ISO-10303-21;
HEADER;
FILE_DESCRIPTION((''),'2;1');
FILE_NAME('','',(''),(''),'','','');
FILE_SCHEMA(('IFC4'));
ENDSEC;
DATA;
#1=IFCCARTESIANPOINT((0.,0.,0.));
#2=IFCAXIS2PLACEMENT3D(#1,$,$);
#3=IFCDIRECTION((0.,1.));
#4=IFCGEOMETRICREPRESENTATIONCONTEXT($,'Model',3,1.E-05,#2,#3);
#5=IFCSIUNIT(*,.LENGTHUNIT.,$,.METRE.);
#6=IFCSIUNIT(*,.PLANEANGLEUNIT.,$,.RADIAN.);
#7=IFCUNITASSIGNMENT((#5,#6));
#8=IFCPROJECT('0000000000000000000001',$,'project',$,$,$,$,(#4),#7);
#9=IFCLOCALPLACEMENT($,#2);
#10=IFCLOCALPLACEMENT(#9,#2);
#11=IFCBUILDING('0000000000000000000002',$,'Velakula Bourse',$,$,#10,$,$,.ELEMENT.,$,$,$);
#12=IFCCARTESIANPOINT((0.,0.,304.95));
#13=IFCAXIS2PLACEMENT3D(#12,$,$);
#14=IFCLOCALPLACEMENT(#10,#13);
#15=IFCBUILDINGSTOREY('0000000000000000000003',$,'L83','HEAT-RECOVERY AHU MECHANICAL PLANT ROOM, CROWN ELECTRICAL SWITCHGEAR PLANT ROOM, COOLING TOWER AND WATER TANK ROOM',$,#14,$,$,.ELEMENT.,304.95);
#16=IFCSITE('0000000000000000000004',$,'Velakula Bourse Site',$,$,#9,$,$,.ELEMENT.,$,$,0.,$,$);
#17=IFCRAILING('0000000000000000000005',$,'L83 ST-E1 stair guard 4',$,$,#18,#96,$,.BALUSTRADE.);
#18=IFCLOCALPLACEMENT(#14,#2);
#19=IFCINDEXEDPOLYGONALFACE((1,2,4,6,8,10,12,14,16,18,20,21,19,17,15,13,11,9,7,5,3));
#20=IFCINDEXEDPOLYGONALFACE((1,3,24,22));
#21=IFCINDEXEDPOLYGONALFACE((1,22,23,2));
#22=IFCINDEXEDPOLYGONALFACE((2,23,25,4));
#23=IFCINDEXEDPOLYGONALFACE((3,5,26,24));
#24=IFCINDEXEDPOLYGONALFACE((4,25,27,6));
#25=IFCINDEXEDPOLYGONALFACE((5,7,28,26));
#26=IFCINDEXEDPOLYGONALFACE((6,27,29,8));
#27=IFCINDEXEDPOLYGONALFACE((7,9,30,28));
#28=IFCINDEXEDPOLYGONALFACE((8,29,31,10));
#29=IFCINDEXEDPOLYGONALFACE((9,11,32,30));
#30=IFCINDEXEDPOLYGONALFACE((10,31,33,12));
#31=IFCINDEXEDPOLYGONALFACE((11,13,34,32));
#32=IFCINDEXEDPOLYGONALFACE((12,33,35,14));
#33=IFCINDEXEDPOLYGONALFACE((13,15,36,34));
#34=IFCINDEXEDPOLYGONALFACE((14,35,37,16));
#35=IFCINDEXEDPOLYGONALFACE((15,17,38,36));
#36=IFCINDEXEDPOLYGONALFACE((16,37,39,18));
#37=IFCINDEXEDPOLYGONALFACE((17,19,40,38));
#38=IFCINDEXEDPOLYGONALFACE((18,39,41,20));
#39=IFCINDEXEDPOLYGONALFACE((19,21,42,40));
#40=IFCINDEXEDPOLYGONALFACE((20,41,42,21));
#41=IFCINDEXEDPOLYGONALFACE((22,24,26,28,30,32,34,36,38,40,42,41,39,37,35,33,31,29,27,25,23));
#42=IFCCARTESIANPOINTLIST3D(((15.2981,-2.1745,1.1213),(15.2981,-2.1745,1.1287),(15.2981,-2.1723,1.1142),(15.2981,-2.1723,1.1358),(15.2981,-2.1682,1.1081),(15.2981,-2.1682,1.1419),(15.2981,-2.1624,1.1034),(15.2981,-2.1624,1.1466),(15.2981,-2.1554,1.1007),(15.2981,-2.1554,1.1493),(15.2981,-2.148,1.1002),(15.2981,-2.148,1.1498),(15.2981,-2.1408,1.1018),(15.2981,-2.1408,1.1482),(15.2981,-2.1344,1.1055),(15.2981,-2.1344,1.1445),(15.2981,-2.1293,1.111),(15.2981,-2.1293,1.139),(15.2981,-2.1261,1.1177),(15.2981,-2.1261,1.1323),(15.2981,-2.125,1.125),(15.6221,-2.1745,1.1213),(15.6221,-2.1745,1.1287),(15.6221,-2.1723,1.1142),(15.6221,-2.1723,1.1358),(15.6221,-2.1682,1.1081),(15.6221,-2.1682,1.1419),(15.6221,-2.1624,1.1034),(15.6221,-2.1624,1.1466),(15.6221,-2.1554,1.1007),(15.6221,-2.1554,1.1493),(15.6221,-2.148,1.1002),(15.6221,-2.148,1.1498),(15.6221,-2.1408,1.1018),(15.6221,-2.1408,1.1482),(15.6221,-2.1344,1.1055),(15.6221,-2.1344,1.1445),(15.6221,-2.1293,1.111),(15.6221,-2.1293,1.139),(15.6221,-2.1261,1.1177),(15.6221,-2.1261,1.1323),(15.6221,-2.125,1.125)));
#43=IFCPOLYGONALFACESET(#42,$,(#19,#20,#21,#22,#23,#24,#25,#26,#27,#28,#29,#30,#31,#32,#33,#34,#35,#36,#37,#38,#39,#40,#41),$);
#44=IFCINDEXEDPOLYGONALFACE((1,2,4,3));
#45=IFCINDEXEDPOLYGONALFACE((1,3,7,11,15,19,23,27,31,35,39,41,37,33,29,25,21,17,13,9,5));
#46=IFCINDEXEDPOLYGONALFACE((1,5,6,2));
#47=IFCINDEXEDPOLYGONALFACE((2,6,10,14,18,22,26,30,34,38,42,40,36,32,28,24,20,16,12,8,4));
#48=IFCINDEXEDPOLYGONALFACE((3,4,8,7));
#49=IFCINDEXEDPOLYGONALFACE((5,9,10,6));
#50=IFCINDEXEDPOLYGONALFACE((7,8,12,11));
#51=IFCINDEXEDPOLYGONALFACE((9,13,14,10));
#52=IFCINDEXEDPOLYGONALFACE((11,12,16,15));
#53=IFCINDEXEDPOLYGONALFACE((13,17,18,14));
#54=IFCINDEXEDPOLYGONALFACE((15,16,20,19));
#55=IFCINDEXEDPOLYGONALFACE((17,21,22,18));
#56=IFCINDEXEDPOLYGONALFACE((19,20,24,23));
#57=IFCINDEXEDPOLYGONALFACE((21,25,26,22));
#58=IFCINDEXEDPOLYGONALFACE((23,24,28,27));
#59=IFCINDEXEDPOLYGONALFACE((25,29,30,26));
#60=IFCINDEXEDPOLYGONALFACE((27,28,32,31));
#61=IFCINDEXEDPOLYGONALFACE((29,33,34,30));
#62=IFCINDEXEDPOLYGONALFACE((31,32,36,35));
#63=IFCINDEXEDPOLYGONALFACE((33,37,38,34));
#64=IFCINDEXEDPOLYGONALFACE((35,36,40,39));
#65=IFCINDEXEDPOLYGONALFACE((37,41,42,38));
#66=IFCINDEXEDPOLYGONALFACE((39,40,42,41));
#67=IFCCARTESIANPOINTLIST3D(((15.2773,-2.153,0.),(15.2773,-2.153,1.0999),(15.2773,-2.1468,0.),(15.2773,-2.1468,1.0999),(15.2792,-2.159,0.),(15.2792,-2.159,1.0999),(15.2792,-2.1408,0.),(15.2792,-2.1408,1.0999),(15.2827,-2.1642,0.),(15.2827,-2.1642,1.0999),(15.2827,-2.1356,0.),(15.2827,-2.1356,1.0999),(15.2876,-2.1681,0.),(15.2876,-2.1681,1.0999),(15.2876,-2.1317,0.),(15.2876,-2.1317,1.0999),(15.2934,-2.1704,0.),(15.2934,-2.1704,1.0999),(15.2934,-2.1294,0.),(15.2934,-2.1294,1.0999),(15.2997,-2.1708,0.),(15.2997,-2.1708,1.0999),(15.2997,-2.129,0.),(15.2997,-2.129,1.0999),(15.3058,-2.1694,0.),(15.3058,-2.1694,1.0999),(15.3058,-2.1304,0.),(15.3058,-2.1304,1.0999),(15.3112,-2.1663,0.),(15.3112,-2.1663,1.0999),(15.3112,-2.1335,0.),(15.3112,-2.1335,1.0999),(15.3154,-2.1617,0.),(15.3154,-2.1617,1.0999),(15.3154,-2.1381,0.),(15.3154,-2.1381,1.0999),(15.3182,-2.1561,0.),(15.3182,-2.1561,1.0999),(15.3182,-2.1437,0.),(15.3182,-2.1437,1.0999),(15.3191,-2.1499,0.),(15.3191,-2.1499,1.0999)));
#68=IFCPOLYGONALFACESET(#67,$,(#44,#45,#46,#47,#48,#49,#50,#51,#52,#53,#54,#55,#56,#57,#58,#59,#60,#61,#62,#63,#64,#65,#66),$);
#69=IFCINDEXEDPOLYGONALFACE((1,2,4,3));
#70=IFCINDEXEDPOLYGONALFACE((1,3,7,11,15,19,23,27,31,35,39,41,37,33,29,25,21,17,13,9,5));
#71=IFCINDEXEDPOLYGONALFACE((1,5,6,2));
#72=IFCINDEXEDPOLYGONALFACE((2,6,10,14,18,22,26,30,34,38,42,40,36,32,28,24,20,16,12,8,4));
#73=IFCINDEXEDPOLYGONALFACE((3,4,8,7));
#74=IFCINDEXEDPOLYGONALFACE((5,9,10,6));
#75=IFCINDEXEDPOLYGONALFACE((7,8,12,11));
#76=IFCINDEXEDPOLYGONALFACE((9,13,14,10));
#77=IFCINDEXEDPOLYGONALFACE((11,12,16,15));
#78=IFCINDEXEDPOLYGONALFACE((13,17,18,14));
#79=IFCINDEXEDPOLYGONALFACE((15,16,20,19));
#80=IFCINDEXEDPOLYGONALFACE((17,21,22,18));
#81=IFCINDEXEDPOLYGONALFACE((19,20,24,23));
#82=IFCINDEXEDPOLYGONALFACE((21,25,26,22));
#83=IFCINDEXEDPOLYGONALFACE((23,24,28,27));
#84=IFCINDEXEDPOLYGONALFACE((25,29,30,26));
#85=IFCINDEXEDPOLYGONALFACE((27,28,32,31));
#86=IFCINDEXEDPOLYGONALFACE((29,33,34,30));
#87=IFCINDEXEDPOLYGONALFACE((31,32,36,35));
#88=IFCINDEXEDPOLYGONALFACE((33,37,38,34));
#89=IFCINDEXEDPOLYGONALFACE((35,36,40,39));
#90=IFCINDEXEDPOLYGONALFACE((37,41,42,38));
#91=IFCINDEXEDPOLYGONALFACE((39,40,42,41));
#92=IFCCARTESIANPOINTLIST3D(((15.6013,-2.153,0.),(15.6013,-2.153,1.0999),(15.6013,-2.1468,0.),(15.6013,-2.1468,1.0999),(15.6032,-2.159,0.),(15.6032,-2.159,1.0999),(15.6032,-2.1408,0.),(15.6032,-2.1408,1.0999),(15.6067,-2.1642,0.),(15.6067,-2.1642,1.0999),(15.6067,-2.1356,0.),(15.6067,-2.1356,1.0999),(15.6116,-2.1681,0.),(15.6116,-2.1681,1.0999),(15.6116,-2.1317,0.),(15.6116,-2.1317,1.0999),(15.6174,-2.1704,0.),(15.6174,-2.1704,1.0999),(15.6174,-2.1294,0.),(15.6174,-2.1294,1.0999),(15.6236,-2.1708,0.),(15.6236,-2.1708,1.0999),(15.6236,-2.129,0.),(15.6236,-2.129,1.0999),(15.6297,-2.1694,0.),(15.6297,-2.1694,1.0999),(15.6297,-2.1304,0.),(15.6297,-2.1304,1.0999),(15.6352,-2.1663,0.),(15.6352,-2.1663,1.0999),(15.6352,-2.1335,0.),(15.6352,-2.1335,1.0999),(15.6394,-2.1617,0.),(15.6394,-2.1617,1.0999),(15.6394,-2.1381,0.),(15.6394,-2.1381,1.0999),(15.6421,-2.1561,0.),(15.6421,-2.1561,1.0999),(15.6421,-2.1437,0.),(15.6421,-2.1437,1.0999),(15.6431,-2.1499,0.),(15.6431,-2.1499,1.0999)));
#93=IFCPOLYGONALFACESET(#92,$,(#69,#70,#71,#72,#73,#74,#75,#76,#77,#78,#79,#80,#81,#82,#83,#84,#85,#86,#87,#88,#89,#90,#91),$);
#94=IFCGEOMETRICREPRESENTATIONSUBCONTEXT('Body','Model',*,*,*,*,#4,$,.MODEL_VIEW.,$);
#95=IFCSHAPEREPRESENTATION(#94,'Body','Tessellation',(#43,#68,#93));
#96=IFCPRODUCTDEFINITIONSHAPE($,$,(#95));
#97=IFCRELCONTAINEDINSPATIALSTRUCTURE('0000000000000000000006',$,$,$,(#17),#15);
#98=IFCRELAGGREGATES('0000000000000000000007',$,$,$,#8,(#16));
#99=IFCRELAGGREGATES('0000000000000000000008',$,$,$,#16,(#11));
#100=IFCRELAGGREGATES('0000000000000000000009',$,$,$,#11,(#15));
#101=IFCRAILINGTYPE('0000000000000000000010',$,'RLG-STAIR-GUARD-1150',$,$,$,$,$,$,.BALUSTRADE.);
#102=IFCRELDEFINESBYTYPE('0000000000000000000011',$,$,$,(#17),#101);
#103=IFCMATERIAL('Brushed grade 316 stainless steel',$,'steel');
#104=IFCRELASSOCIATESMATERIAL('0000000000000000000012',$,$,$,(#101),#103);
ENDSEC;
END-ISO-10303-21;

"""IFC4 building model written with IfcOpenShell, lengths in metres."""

from ifc_helpers import new_model, si_unit, direction, frame, origin, origin_2d, place, context, subcontext, project, spatial, circle, extrude, material, type_object, element, save


model = new_model("IFC4")

# Units and contexts
model_context = context("Model", 3, precision=1e-05, world=origin(), true_north=direction((0.0, 1.0)))
body_context = subcontext(model_context, "Body", "Model", "MODEL_VIEW")
ifc_project = project(units=[si_unit("LENGTHUNIT", "METRE"), si_unit("PLANEANGLEUNIT", "RADIAN")], contexts=[model_context])

# Site, building, storey
site_placement = place(None, origin())
site = spatial("IfcSite", under=ifc_project, at=site_placement, Name="Velakula Bourse Site", CompositionType="ELEMENT", RefElevation=0.0)
building_placement = place(site_placement, origin())
building = spatial("IfcBuilding", under=site, at=building_placement, Name="Velakula Bourse", CompositionType="ELEMENT")
storey_placement = place(building_placement, frame((0.0, 0.0, 304.95)))
storey = spatial("IfcBuildingStorey", under=building, at=storey_placement, Name="L83", Description="HEAT-RECOVERY AHU MECHANICAL PLANT ROOM, CROWN ELECTRICAL SWITCHGEAR PLANT ROOM, COOLING TOWER AND WATER TANK ROOM", CompositionType="ELEMENT", Elevation=304.95)

# Shared definitions
ifc_material_1 = material(Name="Brushed grade 316 stainless steel", Category="steel")

# Railing
railing_type_1 = type_object("IfcRailingType", Name="RLG-STAIR-GUARD-1150", PredefinedType="BALUSTRADE", material=ifc_material_1)
railing_1_placement = place(storey_placement, frame((15.2981, -2.1499, 0.0)))
element("IfcRailing", 1, at=railing_1_placement, inside=storey, type_object=railing_type_1, Name="L83 ST-E1 stair guard 4", PredefinedType="BALUSTRADE", context=body_context, shape_type="SweptSolid", body=[
    extrude(circle(Radius=0.0249, at=origin_2d()), frame((0.0, 0.0, 1.125), z_axis=(1.0, 0.0, 0.0), x_axis=(0.0, 1.0, 0.0)), (0.0, 0.0, 1.0), 0.324),
    extrude(circle(Radius=0.021, at=origin_2d()), origin(), (0.0, 0.0, 1.0), 1.0999),
    extrude(circle(Radius=0.021, at=origin_2d()), frame((0.324, 0.0, 0.0)), (0.0, 0.0, 1.0), 1.0999),
])

save(model, "model.ifc")
